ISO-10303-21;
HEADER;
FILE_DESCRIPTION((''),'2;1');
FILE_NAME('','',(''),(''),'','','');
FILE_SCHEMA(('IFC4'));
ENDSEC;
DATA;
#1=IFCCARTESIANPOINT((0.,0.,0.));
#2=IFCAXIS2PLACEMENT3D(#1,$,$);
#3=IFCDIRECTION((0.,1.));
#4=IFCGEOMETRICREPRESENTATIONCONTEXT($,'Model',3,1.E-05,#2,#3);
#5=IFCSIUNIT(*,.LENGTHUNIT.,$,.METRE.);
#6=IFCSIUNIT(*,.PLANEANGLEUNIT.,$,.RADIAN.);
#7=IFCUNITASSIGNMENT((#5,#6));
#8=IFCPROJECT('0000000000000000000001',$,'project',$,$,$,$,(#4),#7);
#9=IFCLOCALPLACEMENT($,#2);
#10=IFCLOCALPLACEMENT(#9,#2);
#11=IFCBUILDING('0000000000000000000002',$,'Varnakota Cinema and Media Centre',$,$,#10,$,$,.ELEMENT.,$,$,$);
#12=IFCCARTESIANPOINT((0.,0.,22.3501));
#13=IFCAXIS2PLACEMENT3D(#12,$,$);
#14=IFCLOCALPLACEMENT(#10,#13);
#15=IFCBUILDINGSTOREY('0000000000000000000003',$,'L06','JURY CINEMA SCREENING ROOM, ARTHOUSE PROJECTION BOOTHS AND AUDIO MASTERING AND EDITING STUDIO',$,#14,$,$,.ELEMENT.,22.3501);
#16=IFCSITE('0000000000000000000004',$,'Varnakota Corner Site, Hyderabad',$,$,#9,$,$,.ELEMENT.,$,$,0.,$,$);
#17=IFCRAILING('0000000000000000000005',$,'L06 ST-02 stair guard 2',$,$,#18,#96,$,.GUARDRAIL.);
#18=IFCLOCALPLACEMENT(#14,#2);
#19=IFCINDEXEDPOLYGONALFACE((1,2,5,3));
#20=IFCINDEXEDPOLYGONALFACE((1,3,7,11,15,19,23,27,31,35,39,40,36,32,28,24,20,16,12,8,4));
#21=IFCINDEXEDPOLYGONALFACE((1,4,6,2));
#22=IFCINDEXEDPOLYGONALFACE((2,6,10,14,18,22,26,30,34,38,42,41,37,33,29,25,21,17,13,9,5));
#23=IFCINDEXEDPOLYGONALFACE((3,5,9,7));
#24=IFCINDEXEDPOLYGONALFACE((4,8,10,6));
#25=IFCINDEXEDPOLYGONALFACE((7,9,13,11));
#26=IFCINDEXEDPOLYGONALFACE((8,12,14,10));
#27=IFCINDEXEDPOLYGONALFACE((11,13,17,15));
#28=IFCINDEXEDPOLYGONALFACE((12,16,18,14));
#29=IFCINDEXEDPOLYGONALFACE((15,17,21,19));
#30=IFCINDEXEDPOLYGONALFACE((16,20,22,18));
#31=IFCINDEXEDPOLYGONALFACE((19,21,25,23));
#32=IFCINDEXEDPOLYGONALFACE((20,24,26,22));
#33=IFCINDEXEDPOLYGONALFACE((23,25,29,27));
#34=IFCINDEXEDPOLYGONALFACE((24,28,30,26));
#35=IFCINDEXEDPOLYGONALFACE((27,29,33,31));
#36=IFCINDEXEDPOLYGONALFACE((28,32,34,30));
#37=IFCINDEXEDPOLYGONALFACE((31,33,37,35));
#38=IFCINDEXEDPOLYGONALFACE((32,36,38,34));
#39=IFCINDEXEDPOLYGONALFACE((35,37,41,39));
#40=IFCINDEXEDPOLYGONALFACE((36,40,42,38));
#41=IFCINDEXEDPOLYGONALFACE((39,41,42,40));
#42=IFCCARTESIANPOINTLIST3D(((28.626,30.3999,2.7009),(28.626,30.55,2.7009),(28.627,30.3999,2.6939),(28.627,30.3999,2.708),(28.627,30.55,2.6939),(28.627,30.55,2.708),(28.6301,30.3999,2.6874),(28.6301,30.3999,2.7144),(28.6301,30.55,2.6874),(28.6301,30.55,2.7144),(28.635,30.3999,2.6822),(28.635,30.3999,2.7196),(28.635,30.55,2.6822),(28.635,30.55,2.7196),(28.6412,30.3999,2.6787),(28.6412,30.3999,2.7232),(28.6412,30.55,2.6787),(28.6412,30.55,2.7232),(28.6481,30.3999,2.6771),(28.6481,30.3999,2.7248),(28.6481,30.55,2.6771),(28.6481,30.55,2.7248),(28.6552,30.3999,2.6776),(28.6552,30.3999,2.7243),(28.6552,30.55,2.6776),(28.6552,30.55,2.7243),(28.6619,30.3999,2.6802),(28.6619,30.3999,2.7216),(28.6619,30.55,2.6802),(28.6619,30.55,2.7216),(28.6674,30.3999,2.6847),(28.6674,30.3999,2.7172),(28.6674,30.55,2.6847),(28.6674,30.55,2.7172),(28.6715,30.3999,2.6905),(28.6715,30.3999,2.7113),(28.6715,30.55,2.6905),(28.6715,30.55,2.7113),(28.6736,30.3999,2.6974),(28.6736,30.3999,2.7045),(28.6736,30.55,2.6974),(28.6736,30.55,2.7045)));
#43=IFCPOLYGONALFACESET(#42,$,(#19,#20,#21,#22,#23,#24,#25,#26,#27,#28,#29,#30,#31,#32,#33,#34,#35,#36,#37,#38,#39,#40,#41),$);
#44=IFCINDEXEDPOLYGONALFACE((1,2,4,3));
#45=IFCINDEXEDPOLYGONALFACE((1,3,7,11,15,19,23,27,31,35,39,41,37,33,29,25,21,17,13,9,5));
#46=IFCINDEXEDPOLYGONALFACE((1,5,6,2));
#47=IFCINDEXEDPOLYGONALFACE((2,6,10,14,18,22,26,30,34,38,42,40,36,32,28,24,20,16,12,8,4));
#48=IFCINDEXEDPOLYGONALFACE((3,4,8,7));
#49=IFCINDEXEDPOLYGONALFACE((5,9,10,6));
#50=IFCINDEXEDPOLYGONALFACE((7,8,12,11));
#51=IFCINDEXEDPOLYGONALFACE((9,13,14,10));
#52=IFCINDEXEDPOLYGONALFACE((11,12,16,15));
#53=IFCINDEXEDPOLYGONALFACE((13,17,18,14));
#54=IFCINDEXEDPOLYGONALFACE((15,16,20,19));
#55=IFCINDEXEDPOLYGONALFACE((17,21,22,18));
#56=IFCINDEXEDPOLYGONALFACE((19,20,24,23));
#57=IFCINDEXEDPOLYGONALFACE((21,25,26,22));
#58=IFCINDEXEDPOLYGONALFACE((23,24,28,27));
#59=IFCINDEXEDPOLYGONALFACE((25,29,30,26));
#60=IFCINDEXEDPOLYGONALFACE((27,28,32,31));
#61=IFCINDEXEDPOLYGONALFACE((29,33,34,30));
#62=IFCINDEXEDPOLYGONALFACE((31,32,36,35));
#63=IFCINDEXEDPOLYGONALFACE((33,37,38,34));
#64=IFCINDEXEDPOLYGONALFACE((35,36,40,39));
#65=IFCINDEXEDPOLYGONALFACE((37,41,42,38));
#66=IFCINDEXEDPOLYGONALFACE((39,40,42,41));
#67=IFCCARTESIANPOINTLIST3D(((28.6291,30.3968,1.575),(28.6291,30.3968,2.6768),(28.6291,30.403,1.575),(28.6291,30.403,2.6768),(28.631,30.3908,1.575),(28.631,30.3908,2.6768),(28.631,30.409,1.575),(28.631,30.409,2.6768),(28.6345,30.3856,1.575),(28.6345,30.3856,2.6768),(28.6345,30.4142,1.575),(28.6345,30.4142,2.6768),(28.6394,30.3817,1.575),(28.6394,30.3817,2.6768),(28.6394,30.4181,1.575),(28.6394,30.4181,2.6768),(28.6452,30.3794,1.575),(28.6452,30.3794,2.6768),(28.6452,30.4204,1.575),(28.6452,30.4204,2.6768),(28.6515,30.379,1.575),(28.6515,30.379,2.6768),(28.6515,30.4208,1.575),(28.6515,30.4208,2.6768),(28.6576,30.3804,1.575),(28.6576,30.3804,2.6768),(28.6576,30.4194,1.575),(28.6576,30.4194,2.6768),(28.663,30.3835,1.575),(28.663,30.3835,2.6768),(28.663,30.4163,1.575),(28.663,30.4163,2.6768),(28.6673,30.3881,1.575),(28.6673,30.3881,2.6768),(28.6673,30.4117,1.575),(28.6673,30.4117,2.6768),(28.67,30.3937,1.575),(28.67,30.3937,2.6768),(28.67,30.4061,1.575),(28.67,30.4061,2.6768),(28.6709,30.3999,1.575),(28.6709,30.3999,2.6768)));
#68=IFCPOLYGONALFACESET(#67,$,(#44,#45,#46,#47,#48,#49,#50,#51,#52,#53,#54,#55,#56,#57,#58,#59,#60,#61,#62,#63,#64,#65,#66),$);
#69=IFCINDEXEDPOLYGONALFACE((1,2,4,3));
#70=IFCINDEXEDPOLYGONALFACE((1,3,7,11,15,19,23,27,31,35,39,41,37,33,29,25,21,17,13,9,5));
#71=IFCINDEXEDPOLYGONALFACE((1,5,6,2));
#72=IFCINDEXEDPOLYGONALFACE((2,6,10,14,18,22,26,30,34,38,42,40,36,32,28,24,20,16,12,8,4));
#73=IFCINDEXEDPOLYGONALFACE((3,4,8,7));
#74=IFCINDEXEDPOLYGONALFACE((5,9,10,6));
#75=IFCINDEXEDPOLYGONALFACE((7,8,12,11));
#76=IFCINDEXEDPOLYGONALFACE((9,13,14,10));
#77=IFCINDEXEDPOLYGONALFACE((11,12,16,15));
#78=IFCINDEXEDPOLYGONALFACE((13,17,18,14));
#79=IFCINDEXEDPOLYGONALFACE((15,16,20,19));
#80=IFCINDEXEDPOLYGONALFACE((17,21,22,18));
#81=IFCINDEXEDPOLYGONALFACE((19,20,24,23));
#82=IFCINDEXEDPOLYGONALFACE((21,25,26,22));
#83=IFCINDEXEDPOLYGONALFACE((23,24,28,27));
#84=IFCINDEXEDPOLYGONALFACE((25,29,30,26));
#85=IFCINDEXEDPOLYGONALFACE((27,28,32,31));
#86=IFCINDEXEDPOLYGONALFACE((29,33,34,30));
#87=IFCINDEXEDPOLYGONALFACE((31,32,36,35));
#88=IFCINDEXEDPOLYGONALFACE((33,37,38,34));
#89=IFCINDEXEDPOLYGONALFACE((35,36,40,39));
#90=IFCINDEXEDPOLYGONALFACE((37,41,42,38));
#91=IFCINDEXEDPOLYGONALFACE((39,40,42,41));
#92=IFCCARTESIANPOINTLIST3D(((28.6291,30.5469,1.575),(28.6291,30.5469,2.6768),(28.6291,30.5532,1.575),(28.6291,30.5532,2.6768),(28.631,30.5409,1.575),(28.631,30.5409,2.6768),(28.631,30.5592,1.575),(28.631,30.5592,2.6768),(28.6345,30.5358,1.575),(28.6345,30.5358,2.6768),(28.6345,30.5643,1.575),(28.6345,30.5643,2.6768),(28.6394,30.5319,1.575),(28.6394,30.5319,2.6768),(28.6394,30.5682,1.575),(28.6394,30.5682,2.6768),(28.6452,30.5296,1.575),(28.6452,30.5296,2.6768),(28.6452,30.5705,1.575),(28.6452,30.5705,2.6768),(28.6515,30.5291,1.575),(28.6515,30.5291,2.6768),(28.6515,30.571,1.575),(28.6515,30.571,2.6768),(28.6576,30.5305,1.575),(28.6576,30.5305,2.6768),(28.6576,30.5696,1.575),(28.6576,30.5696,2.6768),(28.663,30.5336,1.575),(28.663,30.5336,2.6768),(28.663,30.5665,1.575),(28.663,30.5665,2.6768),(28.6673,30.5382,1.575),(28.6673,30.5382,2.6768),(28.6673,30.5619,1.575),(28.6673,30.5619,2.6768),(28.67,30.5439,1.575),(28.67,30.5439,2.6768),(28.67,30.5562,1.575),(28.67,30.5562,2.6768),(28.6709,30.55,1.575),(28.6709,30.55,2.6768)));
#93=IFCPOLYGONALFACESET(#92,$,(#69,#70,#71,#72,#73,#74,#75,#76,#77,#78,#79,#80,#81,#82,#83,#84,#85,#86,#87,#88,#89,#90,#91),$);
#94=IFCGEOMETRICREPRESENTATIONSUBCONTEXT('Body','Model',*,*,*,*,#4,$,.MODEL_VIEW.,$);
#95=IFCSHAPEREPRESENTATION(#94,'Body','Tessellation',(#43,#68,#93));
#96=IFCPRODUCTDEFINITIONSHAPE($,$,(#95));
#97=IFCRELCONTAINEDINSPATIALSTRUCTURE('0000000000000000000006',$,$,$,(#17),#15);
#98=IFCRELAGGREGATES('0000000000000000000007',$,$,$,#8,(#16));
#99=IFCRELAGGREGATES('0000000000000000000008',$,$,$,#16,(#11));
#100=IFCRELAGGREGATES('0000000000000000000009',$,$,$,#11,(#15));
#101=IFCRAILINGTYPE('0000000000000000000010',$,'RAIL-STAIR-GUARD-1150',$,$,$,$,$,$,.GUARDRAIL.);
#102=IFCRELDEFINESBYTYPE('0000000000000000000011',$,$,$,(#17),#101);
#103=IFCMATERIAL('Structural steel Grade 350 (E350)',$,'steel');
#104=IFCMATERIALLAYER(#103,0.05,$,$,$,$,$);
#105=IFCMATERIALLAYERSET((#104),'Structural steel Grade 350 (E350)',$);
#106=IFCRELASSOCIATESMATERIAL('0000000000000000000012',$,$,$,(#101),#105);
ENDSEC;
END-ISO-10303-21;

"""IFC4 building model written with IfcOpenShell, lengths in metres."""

from ifc_helpers import new_model, si_unit, direction, frame, origin, origin_2d, place, context, subcontext, project, spatial, circle, extrude, material, layer, layer_set, type_object, element, save


model = new_model("IFC4")

# Units and contexts
model_context = context("Model", 3, precision=1e-05, world=origin(), true_north=direction((0.0, 1.0)))
body_context = subcontext(model_context, "Body", "Model", "MODEL_VIEW")
ifc_project = project(units=[si_unit("LENGTHUNIT", "METRE"), si_unit("PLANEANGLEUNIT", "RADIAN")], contexts=[model_context])

# Site, building, storey
site_placement = place(None, origin())
site = spatial("IfcSite", under=ifc_project, at=site_placement, Name="Varnakota Corner Site, Hyderabad", CompositionType="ELEMENT", RefElevation=0.0)
building_placement = place(site_placement, origin())
building = spatial("IfcBuilding", under=site, at=building_placement, Name="Varnakota Cinema and Media Centre", CompositionType="ELEMENT")
storey_placement = place(building_placement, frame((0.0, 0.0, 22.3501)))
storey = spatial("IfcBuildingStorey", under=building, at=storey_placement, Name="L06", Description="JURY CINEMA SCREENING ROOM, ARTHOUSE PROJECTION BOOTHS AND AUDIO MASTERING AND EDITING STUDIO", CompositionType="ELEMENT", Elevation=22.3501)

# Railing
ifc_material_1 = material(Name="Structural steel Grade 350 (E350)", Category="steel")
ifc_layer_1 = layer(ifc_material_1, 0.05)
ifc_layer_set_1 = layer_set([ifc_layer_1], Name="Structural steel Grade 350 (E350)")
railing_type_1 = type_object("IfcRailingType", Name="RAIL-STAIR-GUARD-1150", PredefinedType="GUARDRAIL", material=ifc_layer_set_1)
railing_1_placement = place(storey_placement, frame((28.6499, 30.3999, 1.575)))
element("IfcRailing", 1, at=railing_1_placement, inside=storey, type_object=railing_type_1, Name="L06 ST-02 stair guard 2", PredefinedType="GUARDRAIL", context=body_context, shape_type="SweptSolid", body=[
    extrude(circle(Radius=0.0239, at=origin_2d()), frame((0.0, 0.0, 1.126), z_axis=(0.0, 1.0, 0.0), x_axis=(-1.0, 0.0, 0.0)), (0.0, 0.0, 1.0), 0.1501),
    extrude(circle(Radius=0.021, at=origin_2d()), origin(), (0.0, 0.0, 1.0), 1.1018),
    extrude(circle(Radius=0.021, at=origin_2d()), frame((0.0, 0.1501, 0.0)), (0.0, 0.0, 1.0), 1.1018),
])

save(model, "model.ifc")
